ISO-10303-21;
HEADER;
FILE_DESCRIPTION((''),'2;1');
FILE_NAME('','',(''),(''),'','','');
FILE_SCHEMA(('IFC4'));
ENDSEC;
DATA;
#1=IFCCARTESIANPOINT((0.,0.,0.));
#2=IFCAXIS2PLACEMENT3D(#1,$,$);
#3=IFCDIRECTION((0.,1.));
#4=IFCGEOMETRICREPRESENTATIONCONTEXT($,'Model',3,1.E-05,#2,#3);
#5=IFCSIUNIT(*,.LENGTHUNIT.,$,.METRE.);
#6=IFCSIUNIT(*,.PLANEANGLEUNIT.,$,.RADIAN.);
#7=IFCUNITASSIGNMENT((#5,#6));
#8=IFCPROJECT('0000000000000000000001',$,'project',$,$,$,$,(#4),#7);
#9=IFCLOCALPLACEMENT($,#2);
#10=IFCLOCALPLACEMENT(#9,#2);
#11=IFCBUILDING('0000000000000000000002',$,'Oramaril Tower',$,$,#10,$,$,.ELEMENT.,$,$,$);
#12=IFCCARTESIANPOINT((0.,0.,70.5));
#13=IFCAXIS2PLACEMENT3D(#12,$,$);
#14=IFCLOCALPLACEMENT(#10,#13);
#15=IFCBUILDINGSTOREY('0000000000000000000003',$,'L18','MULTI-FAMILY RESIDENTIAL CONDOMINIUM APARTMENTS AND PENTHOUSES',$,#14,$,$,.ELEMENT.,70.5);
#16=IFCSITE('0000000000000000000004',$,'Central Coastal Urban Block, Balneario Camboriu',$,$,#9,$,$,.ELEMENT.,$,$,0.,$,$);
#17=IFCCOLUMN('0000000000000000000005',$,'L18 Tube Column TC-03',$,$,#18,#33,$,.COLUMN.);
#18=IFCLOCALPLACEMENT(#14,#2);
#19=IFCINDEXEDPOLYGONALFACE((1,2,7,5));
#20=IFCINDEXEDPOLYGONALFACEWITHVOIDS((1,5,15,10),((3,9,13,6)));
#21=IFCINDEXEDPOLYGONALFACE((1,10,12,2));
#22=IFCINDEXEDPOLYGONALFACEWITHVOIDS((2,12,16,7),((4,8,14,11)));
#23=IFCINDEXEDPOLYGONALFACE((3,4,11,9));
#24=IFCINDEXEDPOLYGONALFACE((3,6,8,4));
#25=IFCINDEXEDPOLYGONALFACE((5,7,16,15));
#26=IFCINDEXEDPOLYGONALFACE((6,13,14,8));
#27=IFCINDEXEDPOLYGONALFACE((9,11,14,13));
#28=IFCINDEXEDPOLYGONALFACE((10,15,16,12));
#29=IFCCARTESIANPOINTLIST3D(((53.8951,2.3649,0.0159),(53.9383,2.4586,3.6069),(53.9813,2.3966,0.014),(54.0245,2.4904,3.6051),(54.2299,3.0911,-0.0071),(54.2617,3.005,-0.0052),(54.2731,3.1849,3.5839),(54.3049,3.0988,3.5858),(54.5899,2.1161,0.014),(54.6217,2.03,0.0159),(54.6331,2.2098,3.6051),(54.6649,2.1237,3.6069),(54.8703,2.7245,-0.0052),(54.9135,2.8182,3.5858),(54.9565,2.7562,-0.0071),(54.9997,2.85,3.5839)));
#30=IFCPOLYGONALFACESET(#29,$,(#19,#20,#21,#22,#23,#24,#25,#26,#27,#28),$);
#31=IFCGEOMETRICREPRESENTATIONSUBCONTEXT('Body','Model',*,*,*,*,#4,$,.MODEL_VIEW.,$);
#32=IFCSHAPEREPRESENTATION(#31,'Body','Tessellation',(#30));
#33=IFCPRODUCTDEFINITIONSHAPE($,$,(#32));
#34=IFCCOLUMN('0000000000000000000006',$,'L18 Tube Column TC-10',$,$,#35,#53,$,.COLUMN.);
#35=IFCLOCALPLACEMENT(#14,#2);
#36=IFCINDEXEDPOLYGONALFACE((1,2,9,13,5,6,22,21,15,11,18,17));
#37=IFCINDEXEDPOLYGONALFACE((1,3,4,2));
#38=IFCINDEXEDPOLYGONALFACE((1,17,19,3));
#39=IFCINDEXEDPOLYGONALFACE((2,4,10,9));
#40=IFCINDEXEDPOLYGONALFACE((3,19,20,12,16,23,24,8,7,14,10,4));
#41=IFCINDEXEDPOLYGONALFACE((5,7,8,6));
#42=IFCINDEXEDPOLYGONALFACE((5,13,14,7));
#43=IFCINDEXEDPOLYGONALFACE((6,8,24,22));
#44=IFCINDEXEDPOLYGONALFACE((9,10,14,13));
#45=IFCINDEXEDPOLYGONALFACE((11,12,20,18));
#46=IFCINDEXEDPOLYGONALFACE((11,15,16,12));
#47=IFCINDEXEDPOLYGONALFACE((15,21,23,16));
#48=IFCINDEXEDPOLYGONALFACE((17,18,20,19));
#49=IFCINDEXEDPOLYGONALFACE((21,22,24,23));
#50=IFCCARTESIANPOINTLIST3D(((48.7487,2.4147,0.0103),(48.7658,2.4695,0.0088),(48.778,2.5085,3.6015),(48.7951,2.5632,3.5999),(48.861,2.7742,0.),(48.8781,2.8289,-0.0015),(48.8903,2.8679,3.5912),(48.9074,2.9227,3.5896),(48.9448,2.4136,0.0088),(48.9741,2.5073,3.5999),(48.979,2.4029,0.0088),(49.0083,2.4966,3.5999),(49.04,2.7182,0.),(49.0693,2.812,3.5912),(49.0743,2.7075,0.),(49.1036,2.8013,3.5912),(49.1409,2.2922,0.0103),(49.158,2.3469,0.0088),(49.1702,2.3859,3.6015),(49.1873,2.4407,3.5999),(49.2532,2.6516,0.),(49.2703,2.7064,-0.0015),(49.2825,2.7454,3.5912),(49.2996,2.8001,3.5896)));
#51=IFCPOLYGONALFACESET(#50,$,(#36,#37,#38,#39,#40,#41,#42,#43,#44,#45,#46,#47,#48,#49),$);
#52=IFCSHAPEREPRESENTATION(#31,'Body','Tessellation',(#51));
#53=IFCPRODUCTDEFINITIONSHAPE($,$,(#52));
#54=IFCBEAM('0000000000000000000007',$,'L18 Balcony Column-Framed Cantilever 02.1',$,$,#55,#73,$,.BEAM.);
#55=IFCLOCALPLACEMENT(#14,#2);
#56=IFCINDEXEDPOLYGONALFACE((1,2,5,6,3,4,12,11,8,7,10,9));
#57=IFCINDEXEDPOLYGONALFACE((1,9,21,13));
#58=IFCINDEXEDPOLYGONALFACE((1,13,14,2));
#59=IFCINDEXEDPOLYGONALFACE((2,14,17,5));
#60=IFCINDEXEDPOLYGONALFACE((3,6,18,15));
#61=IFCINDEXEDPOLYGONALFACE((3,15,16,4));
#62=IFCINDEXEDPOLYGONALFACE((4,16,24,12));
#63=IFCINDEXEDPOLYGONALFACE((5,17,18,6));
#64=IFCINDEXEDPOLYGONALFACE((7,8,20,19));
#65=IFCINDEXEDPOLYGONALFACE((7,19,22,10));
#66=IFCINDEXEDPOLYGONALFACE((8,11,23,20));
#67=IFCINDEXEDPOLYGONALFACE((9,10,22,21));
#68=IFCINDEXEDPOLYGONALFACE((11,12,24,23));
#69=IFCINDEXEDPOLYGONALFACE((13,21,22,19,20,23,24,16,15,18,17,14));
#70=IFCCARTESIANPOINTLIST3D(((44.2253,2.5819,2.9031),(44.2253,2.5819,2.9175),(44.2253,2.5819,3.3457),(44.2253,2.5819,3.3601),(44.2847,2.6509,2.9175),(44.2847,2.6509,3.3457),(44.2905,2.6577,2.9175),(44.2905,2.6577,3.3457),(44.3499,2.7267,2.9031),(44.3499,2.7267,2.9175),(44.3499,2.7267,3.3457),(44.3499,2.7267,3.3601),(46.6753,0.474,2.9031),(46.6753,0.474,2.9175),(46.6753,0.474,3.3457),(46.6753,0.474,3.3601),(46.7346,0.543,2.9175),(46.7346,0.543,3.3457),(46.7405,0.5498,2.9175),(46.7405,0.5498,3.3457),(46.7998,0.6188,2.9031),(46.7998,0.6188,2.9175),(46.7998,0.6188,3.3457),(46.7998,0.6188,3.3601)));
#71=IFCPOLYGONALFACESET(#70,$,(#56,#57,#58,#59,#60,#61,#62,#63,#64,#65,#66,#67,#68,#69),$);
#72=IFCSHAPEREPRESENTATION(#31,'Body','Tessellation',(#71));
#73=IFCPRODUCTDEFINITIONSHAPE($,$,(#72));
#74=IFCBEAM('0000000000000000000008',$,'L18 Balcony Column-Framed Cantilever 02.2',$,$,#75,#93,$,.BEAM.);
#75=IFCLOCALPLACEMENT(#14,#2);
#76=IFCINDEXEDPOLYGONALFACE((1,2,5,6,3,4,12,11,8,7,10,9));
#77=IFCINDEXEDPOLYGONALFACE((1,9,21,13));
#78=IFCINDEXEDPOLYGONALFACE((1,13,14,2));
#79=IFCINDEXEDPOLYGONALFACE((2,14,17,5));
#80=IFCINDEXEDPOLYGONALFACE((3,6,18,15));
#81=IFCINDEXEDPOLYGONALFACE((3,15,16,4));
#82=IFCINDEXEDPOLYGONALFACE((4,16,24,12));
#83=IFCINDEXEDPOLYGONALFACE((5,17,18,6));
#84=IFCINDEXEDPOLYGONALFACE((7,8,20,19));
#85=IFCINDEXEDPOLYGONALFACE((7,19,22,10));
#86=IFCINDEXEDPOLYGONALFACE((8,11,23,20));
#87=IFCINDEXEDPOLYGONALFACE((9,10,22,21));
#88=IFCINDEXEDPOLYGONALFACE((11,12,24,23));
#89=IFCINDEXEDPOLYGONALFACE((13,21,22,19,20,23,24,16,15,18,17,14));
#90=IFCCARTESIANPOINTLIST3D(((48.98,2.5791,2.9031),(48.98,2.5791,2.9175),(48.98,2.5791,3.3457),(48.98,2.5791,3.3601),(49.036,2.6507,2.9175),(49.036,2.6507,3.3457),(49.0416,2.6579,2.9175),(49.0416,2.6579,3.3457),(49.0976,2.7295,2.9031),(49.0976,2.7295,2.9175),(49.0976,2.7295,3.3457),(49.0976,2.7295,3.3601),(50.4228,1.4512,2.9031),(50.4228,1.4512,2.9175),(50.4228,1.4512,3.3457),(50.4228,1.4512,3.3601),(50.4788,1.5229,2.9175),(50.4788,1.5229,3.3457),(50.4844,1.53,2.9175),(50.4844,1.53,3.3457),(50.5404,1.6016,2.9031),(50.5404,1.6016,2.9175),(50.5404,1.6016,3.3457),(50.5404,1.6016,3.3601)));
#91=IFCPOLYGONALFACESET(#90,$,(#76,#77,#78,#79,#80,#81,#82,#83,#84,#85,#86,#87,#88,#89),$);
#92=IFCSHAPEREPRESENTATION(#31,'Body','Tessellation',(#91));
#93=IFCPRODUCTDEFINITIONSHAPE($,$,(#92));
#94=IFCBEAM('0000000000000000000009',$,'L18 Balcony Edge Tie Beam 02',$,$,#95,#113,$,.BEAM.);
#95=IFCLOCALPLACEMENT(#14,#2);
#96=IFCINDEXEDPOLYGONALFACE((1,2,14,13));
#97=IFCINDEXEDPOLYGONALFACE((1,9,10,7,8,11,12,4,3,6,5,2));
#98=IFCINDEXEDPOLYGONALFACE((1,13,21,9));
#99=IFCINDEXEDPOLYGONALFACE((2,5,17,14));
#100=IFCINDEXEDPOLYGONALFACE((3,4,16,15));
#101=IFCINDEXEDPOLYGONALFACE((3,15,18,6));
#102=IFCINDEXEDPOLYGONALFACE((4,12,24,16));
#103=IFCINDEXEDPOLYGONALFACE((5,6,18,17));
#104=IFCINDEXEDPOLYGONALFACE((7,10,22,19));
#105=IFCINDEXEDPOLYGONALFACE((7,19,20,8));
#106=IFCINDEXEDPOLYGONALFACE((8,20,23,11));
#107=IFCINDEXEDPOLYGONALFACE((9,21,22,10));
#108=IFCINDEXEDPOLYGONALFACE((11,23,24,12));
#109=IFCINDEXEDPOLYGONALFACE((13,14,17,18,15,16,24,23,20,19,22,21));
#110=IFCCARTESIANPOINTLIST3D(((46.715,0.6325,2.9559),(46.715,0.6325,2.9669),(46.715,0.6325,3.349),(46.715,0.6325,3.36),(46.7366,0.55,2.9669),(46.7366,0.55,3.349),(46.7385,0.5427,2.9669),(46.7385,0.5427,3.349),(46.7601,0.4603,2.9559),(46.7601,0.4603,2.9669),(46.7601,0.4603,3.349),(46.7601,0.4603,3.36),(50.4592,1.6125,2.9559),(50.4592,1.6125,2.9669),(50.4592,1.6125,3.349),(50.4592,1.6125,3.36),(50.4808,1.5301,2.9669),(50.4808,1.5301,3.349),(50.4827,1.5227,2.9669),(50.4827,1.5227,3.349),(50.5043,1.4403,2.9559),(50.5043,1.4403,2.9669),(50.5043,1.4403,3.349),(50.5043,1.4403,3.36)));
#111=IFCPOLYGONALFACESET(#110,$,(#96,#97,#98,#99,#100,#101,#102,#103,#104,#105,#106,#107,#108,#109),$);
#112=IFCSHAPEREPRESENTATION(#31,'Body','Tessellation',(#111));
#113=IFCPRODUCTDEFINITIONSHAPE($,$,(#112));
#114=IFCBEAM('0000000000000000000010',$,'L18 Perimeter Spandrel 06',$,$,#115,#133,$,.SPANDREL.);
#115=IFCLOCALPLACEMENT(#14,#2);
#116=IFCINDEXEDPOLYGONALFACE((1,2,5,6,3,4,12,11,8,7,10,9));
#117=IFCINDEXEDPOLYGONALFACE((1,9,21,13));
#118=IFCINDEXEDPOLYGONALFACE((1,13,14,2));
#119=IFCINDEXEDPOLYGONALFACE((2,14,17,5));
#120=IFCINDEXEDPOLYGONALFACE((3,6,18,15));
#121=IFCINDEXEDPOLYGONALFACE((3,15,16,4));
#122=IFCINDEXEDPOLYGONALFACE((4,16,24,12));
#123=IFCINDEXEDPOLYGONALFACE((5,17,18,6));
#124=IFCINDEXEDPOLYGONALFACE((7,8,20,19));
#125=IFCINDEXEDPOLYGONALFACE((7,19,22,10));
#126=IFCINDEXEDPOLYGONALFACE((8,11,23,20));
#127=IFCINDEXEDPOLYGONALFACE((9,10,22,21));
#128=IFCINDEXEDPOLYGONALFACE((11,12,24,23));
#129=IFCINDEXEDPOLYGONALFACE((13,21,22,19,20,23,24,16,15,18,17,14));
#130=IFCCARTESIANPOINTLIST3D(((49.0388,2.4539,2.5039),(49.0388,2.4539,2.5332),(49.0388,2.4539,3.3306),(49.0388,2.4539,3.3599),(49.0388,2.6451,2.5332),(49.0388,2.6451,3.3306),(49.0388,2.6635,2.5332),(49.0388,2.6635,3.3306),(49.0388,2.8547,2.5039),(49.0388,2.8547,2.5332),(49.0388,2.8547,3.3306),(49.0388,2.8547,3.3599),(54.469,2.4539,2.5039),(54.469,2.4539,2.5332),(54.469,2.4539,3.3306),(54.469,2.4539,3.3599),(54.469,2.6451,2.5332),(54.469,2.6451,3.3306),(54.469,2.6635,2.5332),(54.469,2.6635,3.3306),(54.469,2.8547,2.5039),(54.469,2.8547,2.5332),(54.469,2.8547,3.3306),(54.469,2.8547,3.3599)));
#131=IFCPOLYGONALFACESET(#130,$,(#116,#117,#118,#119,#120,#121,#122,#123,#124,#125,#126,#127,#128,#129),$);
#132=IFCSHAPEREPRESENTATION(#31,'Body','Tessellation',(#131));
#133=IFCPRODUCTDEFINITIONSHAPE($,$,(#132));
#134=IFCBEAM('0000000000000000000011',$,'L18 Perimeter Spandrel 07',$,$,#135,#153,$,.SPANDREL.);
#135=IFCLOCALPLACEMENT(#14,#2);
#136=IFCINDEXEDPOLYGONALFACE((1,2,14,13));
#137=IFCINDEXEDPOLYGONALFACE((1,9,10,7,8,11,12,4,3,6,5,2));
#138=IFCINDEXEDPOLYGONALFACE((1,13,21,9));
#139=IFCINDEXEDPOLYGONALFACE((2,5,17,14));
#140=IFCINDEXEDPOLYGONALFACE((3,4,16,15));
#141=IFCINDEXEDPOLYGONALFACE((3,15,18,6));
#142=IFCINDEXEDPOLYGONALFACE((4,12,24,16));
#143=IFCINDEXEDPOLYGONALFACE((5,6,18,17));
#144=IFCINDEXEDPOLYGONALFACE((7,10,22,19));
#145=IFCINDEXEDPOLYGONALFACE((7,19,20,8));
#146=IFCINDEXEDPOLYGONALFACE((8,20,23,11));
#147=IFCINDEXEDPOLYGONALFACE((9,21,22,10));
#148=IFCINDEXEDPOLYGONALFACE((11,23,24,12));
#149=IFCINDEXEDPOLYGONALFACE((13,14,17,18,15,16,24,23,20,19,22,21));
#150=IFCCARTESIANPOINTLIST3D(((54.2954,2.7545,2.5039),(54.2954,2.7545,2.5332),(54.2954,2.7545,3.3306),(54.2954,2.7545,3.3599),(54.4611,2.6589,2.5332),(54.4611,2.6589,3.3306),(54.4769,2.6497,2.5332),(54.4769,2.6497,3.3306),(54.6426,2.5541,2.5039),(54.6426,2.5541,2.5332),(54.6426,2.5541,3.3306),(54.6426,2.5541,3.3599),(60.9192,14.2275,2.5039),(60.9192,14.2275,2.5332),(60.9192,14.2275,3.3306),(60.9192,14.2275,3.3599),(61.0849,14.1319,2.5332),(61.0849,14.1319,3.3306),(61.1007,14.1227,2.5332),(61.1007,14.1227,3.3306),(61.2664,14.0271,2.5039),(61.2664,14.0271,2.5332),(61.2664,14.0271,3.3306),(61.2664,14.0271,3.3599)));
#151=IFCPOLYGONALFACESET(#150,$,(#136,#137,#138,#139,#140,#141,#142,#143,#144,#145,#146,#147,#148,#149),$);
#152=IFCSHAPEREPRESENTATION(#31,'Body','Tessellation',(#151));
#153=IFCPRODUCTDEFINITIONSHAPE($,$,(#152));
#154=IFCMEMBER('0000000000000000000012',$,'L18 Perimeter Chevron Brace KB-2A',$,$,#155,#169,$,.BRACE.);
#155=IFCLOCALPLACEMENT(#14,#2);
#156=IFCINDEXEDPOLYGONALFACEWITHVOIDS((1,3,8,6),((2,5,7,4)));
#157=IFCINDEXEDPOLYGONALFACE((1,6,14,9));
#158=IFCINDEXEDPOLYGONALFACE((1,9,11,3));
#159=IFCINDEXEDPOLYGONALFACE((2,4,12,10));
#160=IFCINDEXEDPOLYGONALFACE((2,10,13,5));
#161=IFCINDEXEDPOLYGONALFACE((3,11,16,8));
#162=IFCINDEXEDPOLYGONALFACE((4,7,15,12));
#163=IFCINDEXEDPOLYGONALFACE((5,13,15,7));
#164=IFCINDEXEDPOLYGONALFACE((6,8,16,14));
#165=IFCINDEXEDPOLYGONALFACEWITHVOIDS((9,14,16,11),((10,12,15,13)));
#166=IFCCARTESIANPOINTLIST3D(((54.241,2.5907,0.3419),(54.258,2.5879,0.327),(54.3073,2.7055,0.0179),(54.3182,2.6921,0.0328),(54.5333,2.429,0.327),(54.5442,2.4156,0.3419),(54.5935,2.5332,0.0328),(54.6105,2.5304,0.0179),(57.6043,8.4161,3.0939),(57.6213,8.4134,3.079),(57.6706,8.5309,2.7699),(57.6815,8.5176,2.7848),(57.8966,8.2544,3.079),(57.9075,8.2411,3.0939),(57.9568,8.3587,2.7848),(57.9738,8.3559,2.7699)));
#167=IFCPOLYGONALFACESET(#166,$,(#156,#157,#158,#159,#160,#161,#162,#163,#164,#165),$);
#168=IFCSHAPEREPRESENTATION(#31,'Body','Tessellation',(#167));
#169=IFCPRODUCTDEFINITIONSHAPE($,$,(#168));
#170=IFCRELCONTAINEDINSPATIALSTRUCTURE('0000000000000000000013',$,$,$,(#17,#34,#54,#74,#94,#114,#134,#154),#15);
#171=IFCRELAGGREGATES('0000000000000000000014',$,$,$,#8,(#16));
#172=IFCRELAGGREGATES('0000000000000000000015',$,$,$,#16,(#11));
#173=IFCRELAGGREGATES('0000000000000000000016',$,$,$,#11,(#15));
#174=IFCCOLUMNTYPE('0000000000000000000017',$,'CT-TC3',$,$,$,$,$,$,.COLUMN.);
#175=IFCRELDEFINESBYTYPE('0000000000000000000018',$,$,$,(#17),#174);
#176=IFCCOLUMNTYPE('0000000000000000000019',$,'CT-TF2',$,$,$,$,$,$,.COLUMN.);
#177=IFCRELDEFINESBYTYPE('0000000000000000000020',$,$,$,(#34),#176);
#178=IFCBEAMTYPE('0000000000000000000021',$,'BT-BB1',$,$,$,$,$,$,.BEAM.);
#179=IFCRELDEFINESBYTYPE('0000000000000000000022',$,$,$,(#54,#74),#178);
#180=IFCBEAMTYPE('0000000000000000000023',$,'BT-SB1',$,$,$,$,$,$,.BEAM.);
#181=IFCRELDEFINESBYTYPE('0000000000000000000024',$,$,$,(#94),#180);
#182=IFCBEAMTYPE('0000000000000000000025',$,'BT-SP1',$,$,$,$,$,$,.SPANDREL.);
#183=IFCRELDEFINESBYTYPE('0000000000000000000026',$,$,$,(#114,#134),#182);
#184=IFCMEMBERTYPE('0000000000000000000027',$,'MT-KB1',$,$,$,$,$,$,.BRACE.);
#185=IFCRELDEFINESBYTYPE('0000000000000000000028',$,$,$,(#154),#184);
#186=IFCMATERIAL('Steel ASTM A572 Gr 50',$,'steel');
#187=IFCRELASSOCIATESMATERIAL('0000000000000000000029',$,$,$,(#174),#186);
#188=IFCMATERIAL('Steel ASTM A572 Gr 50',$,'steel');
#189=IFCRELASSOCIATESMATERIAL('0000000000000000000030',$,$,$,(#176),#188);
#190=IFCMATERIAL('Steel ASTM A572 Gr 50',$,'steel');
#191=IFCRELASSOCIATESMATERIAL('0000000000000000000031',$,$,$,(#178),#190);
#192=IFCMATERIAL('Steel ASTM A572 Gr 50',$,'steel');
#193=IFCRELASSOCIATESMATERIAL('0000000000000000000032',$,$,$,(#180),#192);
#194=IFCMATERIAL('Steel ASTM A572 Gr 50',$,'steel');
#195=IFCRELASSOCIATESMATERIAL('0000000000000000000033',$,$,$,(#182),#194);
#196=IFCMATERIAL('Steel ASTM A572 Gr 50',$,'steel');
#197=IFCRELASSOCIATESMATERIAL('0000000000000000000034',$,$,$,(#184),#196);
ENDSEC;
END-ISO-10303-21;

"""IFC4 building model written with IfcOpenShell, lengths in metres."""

from ifc_helpers import new_model, si_unit, direction, frame, origin, origin_2d, place, context, subcontext, project, spatial, hollow_rectangle, i_section, extrude, material, material_profile, profile_set, type_object, element, save


model = new_model("IFC4")

# Units and contexts
model_context = context("Model", 3, precision=1e-05, world=origin(), true_north=direction((0.0, 1.0)))
body_context = subcontext(model_context, "Body", "Model", "MODEL_VIEW")
ifc_project = project(units=[si_unit("LENGTHUNIT", "METRE"), si_unit("PLANEANGLEUNIT", "RADIAN")], contexts=[model_context])

# Site, building, storey
site_placement = place(None, origin())
site = spatial("IfcSite", under=ifc_project, at=site_placement, Name="Central Coastal Urban Block, Balneario Camboriu", CompositionType="ELEMENT", RefElevation=0.0)
building_placement = place(site_placement, origin())
building = spatial("IfcBuilding", under=site, at=building_placement, Name="Oramaril Tower", CompositionType="ELEMENT")
storey_placement = place(building_placement, frame((0.0, 0.0, 70.5)))
storey = spatial("IfcBuildingStorey", under=building, at=storey_placement, Name="L18", Description="MULTI-FAMILY RESIDENTIAL CONDOMINIUM APARTMENTS AND PENTHOUSES", CompositionType="ELEMENT", Elevation=70.5)

# Columns
ifc_material_1 = material(Name="Steel ASTM A572 Gr 50", Category="steel")
ifc_material_profile_1 = material_profile(ifc_material_1, hollow_rectangle(XDim=0.8, YDim=0.8, WallThickness=0.0649, at=origin_2d()), Name="BOX800X800X65")
ifc_profile_set_1 = profile_set([ifc_material_profile_1], Name="Steel ASTM A572 Gr 50")
column_type_1 = type_object("IfcColumnType", Name="CT-TC3", PredefinedType="COLUMN", material=ifc_profile_set_1)
column_1_placement = place(storey_placement, frame((54.4258, 2.5605, 0.0044), z_axis=(0.012028, 0.026096, 0.999587), x_axis=(-0.908167, 0.418608, 0.0)))
element("IfcColumn", 1, at=column_1_placement, inside=storey, type_object=column_type_1, Name="L18 Tube Column TC-03", PredefinedType="COLUMN", context=body_context, shape_type="SweptSolid", body=[
    extrude(hollow_rectangle(XDim=0.8, YDim=0.8, WallThickness=0.0649, at=origin_2d()), origin(), (0.0, 0.0, 1.0), 3.5925),
])
ifc_material_2 = material(Name="Steel ASTM A572 Gr 50", Category="steel")
ifc_material_profile_2 = material_profile(ifc_material_2, i_section(OverallWidth=0.4109, OverallDepth=0.4341, WebThickness=0.0359, FlangeThickness=0.0574, at=origin_2d()), Name="W14X311")
ifc_profile_set_2 = profile_set([ifc_material_profile_2], Name="Steel ASTM A572 Gr 50")
column_type_2 = type_object("IfcColumnType", Name="CT-TF2", PredefinedType="COLUMN", material=ifc_profile_set_2)
column_2_placement = place(storey_placement, frame((49.0095, 2.5605, 0.0044), z_axis=(0.008155, 0.026097, 0.999626), x_axis=(-0.95448, 0.298275, 0.0)))
element("IfcColumn", 2, at=column_2_placement, inside=storey, type_object=column_type_2, Name="L18 Tube Column TC-10", PredefinedType="COLUMN", context=body_context, shape_type="SweptSolid", body=[
    extrude(i_section(OverallWidth=0.4109, OverallDepth=0.4341, WebThickness=0.0359, FlangeThickness=0.0574, at=origin_2d()), origin(), (0.0, 0.0, 1.0), 3.5925),
])

# Beams
ifc_material_3 = material(Name="Steel ASTM A572 Gr 50", Category="steel")
ifc_material_profile_3 = material_profile(ifc_material_3, i_section(OverallWidth=0.1909, OverallDepth=0.457, WebThickness=0.009, FlangeThickness=0.0144, at=origin_2d()), Name="W18X50")
ifc_profile_set_3 = profile_set([ifc_material_profile_3], Name="Steel ASTM A572 Gr 50")
beam_type_1 = type_object("IfcBeamType", Name="BT-BB1", PredefinedType="BEAM", material=ifc_profile_set_3)
beam_1_placement = place(storey_placement, frame((44.2876, 2.6543, 3.1316), z_axis=(0.75804, -0.652209, 0.0), x_axis=(0.652209, 0.75804, 0.0)))
element("IfcBeam", 3, at=beam_1_placement, inside=storey, type_object=beam_type_1, Name="L18 Balcony Column-Framed Cantilever 02.1", PredefinedType="BEAM", context=body_context, shape_type="SweptSolid", body=[
    extrude(i_section(OverallWidth=0.1909, OverallDepth=0.457, WebThickness=0.009, FlangeThickness=0.0144, at=origin_2d()), origin(), (0.0, 0.0, 1.0), 3.2319),
])
beam_2_placement = place(storey_placement, frame((49.0388, 2.6543, 3.1316), z_axis=(0.787842, -0.615877, 0.0), x_axis=(0.615877, 0.787842, 0.0)))
element("IfcBeam", 4, at=beam_2_placement, inside=storey, type_object=beam_type_1, Name="L18 Balcony Column-Framed Cantilever 02.2", PredefinedType="BEAM", context=body_context, shape_type="SweptSolid", body=[
    extrude(i_section(OverallWidth=0.1909, OverallDepth=0.457, WebThickness=0.009, FlangeThickness=0.0144, at=origin_2d()), origin(), (0.0, 0.0, 1.0), 1.8313),
])
ifc_material_4 = material(Name="Steel ASTM A572 Gr 50", Category="steel")
ifc_material_profile_4 = material_profile(ifc_material_4, i_section(OverallWidth=0.178, OverallDepth=0.4041, WebThickness=0.0076, FlangeThickness=0.011, at=origin_2d()), Name="W16X36")
ifc_profile_set_4 = profile_set([ifc_material_profile_4], Name="Steel ASTM A572 Gr 50")
beam_type_2 = type_object("IfcBeamType", Name="BT-SB1", PredefinedType="BEAM", material=ifc_profile_set_4)
beam_3_placement = place(storey_placement, frame((46.7375, 0.5464, 3.158), z_axis=(0.967412, 0.253208, 0.0), x_axis=(-0.253208, 0.967412, 0.0)))
element("IfcBeam", 5, at=beam_3_placement, inside=storey, type_object=beam_type_2, Name="L18 Balcony Edge Tie Beam 02", PredefinedType="BEAM", context=body_context, shape_type="SweptSolid", body=[
    extrude(i_section(OverallWidth=0.178, OverallDepth=0.4041, WebThickness=0.0076, FlangeThickness=0.011, at=origin_2d()), origin(), (0.0, 0.0, 1.0), 3.8704),
])
ifc_material_5 = material(Name="Steel ASTM A572 Gr 50", Category="steel")
ifc_material_profile_5 = material_profile(ifc_material_5, i_section(OverallWidth=0.4009, OverallDepth=0.856, WebThickness=0.0183, FlangeThickness=0.0293, at=origin_2d()), Name="W33X201")
ifc_profile_set_5 = profile_set([ifc_material_profile_5], Name="Steel ASTM A572 Gr 50")
beam_type_3 = type_object("IfcBeamType", Name="BT-SP1", PredefinedType="SPANDREL", material=ifc_profile_set_5)
beam_4_placement = place(storey_placement, frame((49.0388, 2.6543, 2.9319), z_axis=(1.0, 0.0, 0.0), x_axis=(0.0, 1.0, 0.0)))
element("IfcBeam", 6, at=beam_4_placement, inside=storey, type_object=beam_type_3, Name="L18 Perimeter Spandrel 06", PredefinedType="SPANDREL", context=body_context, shape_type="SweptSolid", body=[
    extrude(i_section(OverallWidth=0.4009, OverallDepth=0.856, WebThickness=0.0183, FlangeThickness=0.0293, at=origin_2d()), origin(), (0.0, 0.0, 1.0), 5.4302),
])
beam_5_placement = place(storey_placement, frame((54.469, 2.6543, 2.9319), z_axis=(0.499994, 0.866029, 0.0), x_axis=(-0.866029, 0.499994, 0.0)))
element("IfcBeam", 7, at=beam_5_placement, inside=storey, type_object=beam_type_3, Name="L18 Perimeter Spandrel 07", PredefinedType="SPANDREL", context=body_context, shape_type="SweptSolid", body=[
    extrude(i_section(OverallWidth=0.4009, OverallDepth=0.856, WebThickness=0.0183, FlangeThickness=0.0293, at=origin_2d()), origin(), (0.0, 0.0, 1.0), 13.2478),
])

# Member
ifc_material_6 = material(Name="Steel ASTM A572 Gr 50", Category="steel")
ifc_material_profile_6 = material_profile(ifc_material_6, hollow_rectangle(XDim=0.3501, YDim=0.3501, WallThickness=0.0161, at=origin_2d()), Name="HSS350X350X16")
ifc_profile_set_6 = profile_set([ifc_material_profile_6], Name="Steel ASTM A572 Gr 50")
member_type = type_object("IfcMemberType", Name="MT-KB1", PredefinedType="BRACE", material=ifc_profile_set_6)
member_placement = place(storey_placement, frame((54.4258, 2.5605, 0.1799), z_axis=(0.462766, 0.801543, 0.378651), x_axis=(-0.866028, 0.499996, 0.0)))
element("IfcMember", 8, at=member_placement, inside=storey, type_object=member_type, Name="L18 Perimeter Chevron Brace KB-2A", PredefinedType="BRACE", context=body_context, shape_type="SweptSolid", body=[
    extrude(hollow_rectangle(XDim=0.3501, YDim=0.3501, WallThickness=0.0161, at=origin_2d()), origin(), (0.0, 0.0, 1.0), 7.2678),
])

save(model, "model.ifc")
